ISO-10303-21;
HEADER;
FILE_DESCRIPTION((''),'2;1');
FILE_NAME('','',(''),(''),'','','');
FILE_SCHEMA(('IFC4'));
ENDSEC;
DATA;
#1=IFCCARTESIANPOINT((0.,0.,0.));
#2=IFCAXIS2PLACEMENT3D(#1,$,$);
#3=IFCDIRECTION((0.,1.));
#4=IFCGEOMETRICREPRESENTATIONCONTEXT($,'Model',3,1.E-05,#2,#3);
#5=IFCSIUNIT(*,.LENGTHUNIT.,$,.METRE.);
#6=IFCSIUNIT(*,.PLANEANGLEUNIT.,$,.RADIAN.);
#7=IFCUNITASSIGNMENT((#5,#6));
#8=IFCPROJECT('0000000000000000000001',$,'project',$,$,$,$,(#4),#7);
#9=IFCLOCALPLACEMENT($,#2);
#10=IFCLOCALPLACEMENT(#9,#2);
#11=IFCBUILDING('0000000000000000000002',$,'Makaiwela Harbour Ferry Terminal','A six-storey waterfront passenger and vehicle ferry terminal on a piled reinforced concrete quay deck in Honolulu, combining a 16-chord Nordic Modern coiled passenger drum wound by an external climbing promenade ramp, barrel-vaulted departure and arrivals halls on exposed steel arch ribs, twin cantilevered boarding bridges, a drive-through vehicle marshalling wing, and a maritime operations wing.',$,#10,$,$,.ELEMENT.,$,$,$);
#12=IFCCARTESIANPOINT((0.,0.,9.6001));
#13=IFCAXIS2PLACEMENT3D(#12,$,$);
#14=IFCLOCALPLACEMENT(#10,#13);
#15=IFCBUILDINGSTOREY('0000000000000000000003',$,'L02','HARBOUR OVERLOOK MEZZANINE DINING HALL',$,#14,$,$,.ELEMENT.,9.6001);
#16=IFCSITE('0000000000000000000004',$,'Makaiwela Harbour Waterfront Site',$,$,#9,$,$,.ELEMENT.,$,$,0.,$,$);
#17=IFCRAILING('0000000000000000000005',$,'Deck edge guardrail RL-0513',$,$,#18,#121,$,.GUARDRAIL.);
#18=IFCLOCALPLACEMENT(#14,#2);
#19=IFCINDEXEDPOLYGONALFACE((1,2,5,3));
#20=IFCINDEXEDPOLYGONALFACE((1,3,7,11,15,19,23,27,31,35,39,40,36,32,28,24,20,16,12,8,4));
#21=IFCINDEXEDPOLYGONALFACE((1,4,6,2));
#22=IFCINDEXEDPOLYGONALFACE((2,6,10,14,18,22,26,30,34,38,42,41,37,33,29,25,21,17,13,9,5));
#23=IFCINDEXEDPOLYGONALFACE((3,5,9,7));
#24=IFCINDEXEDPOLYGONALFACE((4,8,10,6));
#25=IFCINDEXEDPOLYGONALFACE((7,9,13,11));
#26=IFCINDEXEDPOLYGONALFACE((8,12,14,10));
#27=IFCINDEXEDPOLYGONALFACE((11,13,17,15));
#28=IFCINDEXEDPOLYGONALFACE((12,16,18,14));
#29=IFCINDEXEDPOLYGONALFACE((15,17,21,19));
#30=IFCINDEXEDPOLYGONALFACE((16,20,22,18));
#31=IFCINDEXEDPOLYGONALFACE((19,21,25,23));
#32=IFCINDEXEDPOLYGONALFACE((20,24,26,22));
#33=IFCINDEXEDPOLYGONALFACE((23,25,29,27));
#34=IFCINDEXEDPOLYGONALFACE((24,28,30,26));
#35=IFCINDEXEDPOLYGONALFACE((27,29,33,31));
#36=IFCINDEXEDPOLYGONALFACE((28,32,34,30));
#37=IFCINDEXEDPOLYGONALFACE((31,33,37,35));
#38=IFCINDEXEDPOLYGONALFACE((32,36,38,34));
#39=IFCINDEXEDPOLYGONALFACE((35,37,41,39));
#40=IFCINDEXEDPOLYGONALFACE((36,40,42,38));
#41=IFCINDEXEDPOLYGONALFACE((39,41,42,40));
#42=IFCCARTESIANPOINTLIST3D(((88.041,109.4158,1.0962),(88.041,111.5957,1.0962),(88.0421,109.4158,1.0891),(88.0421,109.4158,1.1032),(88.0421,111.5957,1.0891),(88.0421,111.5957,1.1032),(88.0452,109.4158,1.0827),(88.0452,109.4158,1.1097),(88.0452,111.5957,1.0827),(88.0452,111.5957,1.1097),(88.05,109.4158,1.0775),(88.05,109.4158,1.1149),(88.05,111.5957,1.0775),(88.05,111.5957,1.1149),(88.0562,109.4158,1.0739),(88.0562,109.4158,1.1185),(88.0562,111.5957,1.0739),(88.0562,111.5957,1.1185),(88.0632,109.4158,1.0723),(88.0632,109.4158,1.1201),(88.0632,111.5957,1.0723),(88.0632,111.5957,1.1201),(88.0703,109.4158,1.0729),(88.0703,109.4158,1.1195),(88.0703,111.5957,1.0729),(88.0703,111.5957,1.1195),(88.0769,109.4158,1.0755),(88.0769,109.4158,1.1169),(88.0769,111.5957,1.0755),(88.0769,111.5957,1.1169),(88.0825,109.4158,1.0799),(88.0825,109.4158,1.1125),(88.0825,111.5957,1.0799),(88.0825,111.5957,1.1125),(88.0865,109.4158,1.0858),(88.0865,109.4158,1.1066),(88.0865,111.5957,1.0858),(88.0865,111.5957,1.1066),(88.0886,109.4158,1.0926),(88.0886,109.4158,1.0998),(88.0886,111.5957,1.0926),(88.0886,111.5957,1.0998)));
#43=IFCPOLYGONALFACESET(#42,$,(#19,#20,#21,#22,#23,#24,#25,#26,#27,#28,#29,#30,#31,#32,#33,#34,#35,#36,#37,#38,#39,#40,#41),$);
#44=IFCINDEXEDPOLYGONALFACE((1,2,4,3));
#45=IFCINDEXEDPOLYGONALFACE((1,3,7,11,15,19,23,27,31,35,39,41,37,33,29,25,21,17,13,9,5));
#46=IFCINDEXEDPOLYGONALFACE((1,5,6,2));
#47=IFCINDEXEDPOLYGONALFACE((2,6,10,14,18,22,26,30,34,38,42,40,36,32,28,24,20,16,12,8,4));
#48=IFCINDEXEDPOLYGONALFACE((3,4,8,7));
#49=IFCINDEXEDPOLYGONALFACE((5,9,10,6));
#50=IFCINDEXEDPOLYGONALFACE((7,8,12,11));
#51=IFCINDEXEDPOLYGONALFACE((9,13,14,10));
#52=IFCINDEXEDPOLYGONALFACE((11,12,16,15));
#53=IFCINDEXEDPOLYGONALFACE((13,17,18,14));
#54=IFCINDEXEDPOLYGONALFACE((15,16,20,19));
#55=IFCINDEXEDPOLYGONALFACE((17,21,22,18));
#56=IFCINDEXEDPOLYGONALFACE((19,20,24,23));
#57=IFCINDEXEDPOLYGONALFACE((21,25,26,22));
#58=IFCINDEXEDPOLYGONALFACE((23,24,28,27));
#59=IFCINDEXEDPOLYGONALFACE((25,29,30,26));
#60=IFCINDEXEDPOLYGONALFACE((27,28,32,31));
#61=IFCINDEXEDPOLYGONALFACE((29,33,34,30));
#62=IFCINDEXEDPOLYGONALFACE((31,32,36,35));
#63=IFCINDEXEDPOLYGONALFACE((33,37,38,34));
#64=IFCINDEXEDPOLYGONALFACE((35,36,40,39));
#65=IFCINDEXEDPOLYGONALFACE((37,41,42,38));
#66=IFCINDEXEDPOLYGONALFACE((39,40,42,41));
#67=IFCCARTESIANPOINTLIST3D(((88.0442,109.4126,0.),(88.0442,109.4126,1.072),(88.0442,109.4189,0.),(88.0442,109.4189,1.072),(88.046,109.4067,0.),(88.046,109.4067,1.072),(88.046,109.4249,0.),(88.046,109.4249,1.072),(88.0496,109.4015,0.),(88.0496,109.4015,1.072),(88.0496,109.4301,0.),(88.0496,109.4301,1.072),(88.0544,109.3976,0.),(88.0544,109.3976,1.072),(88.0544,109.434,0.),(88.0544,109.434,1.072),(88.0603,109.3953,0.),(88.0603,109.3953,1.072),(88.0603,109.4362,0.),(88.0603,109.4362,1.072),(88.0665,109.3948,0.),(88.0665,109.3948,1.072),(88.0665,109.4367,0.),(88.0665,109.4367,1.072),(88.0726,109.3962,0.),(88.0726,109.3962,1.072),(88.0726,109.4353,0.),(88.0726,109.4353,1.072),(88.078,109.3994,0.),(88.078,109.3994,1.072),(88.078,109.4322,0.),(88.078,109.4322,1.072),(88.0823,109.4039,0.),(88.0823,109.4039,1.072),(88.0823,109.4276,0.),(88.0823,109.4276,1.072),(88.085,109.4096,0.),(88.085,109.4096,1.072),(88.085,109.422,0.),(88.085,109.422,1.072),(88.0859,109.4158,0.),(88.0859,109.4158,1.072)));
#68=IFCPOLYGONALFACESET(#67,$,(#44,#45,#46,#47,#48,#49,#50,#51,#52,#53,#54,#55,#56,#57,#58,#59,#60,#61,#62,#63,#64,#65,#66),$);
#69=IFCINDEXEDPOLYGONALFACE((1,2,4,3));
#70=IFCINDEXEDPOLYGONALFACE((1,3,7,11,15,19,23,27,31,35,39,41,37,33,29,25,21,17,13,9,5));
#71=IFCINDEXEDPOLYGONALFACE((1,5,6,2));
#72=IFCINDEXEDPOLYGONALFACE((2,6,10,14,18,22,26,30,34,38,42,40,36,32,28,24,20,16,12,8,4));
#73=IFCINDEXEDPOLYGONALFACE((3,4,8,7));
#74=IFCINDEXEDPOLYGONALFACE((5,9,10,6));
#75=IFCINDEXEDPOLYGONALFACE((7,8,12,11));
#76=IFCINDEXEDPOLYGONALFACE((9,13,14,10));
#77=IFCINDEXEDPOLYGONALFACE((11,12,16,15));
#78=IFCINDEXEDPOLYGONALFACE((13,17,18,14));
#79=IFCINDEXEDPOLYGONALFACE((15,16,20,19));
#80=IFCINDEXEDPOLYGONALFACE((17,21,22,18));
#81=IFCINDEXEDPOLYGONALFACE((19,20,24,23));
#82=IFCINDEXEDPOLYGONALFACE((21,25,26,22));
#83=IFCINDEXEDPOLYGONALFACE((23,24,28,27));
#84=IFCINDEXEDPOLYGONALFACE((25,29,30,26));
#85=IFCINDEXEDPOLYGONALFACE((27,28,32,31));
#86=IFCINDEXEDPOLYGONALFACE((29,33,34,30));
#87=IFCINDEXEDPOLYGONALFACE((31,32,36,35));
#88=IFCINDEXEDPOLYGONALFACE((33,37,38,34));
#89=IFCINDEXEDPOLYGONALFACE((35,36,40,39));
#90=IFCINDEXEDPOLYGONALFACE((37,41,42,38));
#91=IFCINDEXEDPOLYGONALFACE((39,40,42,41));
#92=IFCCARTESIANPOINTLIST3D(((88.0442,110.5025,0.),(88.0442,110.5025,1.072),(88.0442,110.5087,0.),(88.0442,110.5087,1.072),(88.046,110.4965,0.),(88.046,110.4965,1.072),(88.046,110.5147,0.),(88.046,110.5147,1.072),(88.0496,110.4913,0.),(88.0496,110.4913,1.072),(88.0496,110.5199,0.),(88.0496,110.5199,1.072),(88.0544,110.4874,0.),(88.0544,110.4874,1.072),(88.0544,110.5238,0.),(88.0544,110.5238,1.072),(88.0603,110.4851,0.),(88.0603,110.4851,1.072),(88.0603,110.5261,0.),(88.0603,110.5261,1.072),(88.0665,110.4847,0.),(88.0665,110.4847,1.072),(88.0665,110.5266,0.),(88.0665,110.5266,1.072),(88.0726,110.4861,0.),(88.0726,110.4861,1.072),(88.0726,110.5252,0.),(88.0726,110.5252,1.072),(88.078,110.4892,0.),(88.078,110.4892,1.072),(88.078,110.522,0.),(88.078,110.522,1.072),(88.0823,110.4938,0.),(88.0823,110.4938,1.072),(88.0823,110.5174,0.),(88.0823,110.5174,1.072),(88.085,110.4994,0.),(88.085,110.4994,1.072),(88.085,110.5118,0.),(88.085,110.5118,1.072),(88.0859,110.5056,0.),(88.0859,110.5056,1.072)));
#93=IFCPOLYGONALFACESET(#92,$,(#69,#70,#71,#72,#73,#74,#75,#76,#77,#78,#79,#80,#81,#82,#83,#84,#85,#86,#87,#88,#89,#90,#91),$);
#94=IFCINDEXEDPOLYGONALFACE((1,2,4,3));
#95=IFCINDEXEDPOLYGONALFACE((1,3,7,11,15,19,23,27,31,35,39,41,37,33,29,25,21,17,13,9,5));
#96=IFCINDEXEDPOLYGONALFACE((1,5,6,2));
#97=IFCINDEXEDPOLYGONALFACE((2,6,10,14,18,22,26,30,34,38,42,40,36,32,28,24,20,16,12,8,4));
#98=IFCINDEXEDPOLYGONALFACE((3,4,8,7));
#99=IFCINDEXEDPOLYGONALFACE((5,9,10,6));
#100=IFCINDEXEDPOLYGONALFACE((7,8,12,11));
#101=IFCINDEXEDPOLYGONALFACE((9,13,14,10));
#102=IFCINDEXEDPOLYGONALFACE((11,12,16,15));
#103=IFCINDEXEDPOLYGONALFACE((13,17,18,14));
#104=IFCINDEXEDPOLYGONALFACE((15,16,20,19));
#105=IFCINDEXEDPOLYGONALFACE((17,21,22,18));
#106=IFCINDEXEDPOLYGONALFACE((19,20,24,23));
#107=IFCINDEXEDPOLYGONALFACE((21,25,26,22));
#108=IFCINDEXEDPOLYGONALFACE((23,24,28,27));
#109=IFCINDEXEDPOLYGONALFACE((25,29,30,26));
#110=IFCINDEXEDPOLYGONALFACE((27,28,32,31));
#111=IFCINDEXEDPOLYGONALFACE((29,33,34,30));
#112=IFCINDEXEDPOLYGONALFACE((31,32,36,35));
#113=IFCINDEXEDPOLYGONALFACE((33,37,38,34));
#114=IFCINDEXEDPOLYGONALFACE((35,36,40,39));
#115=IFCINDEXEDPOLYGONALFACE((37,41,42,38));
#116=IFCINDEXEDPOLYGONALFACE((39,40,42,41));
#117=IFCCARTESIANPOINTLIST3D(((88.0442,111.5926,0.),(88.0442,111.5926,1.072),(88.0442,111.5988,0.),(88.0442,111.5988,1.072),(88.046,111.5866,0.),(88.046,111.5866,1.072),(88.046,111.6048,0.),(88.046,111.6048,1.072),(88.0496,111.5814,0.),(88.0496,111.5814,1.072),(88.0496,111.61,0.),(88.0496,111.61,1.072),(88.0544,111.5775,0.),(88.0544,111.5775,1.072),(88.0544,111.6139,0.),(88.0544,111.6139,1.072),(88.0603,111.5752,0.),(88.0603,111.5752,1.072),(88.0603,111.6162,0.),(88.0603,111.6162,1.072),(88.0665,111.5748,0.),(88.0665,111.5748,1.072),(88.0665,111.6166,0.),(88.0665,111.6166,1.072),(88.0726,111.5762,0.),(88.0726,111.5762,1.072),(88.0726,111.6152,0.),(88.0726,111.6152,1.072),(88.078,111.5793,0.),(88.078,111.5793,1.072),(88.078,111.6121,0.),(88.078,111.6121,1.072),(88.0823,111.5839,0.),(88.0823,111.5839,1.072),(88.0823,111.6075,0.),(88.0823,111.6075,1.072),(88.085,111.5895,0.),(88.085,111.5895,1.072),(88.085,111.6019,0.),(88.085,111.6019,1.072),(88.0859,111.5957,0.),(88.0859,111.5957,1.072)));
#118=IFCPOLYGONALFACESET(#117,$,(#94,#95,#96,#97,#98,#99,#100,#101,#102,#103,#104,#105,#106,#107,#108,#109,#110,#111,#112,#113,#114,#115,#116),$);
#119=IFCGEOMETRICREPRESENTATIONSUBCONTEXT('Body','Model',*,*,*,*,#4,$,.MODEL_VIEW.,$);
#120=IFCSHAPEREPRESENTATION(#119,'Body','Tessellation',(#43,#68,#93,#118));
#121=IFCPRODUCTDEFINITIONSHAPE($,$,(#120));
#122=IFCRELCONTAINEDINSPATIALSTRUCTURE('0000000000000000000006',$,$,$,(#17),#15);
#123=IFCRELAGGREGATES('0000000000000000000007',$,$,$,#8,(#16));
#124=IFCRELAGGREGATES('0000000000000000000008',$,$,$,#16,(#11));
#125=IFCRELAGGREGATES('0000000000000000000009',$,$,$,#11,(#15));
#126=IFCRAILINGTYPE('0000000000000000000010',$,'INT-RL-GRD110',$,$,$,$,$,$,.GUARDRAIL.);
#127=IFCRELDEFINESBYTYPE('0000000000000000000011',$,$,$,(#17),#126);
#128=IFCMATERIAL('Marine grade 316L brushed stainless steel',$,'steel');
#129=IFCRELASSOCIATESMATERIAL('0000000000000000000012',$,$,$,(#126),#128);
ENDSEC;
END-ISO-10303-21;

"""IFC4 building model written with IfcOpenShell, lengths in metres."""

from ifc_helpers import new_model, si_unit, direction, frame, origin, origin_2d, place, context, subcontext, project, spatial, circle, extrude, material, type_object, element, save


model = new_model("IFC4")

# Units and contexts
model_context = context("Model", 3, precision=1e-05, world=origin(), true_north=direction((0.0, 1.0)))
body_context = subcontext(model_context, "Body", "Model", "MODEL_VIEW")
ifc_project = project(units=[si_unit("LENGTHUNIT", "METRE"), si_unit("PLANEANGLEUNIT", "RADIAN")], contexts=[model_context])

# Site, building, storey
site_placement = place(None, origin())
site = spatial("IfcSite", under=ifc_project, at=site_placement, Name="Makaiwela Harbour Waterfront Site", CompositionType="ELEMENT", RefElevation=0.0)
building_placement = place(site_placement, origin())
building = spatial("IfcBuilding", under=site, at=building_placement, Name="Makaiwela Harbour Ferry Terminal", Description="A six-storey waterfront passenger and vehicle ferry terminal on a piled reinforced concrete quay deck in Honolulu, combining a 16-chord Nordic Modern coiled passenger drum wound by an external climbing promenade ramp, barrel-vaulted departure and arrivals halls on exposed steel arch ribs, twin cantilevered boarding bridges, a drive-through vehicle marshalling wing, and a maritime operations wing.", CompositionType="ELEMENT")
storey_placement = place(building_placement, frame((0.0, 0.0, 9.6001)))
storey = spatial("IfcBuildingStorey", under=building, at=storey_placement, Name="L02", Description="HARBOUR OVERLOOK MEZZANINE DINING HALL", CompositionType="ELEMENT", Elevation=9.6001)

# Railing
ifc_material_1 = material(Name="Marine grade 316L brushed stainless steel", Category="steel")
railing_type = type_object("IfcRailingType", Name="INT-RL-GRD110", PredefinedType="GUARDRAIL", material=ifc_material_1)
railing_1_placement = place(storey_placement, frame((88.0649, 109.4158, 0.0)))
element("IfcRailing", 1, at=railing_1_placement, inside=storey, type_object=railing_type, Name="Deck edge guardrail RL-0513", PredefinedType="GUARDRAIL", context=body_context, shape_type="SweptSolid", body=[
    extrude(circle(Radius=0.0239, at=origin_2d()), frame((0.0, 0.0, 1.0962), z_axis=(0.0, 1.0, 0.0), x_axis=(-1.0, 0.0, 0.0)), (0.0, 0.0, 1.0), 2.1799),
    extrude(circle(Radius=0.021, at=origin_2d()), origin(), (0.0, 0.0, 1.0), 1.072),
    extrude(circle(Radius=0.021, at=origin_2d()), frame((0.0, 1.0898, 0.0)), (0.0, 0.0, 1.0), 1.072),
    extrude(circle(Radius=0.021, at=origin_2d()), frame((0.0, 2.1799, 0.0)), (0.0, 0.0, 1.0), 1.072),
])

save(model, "model.ifc")
